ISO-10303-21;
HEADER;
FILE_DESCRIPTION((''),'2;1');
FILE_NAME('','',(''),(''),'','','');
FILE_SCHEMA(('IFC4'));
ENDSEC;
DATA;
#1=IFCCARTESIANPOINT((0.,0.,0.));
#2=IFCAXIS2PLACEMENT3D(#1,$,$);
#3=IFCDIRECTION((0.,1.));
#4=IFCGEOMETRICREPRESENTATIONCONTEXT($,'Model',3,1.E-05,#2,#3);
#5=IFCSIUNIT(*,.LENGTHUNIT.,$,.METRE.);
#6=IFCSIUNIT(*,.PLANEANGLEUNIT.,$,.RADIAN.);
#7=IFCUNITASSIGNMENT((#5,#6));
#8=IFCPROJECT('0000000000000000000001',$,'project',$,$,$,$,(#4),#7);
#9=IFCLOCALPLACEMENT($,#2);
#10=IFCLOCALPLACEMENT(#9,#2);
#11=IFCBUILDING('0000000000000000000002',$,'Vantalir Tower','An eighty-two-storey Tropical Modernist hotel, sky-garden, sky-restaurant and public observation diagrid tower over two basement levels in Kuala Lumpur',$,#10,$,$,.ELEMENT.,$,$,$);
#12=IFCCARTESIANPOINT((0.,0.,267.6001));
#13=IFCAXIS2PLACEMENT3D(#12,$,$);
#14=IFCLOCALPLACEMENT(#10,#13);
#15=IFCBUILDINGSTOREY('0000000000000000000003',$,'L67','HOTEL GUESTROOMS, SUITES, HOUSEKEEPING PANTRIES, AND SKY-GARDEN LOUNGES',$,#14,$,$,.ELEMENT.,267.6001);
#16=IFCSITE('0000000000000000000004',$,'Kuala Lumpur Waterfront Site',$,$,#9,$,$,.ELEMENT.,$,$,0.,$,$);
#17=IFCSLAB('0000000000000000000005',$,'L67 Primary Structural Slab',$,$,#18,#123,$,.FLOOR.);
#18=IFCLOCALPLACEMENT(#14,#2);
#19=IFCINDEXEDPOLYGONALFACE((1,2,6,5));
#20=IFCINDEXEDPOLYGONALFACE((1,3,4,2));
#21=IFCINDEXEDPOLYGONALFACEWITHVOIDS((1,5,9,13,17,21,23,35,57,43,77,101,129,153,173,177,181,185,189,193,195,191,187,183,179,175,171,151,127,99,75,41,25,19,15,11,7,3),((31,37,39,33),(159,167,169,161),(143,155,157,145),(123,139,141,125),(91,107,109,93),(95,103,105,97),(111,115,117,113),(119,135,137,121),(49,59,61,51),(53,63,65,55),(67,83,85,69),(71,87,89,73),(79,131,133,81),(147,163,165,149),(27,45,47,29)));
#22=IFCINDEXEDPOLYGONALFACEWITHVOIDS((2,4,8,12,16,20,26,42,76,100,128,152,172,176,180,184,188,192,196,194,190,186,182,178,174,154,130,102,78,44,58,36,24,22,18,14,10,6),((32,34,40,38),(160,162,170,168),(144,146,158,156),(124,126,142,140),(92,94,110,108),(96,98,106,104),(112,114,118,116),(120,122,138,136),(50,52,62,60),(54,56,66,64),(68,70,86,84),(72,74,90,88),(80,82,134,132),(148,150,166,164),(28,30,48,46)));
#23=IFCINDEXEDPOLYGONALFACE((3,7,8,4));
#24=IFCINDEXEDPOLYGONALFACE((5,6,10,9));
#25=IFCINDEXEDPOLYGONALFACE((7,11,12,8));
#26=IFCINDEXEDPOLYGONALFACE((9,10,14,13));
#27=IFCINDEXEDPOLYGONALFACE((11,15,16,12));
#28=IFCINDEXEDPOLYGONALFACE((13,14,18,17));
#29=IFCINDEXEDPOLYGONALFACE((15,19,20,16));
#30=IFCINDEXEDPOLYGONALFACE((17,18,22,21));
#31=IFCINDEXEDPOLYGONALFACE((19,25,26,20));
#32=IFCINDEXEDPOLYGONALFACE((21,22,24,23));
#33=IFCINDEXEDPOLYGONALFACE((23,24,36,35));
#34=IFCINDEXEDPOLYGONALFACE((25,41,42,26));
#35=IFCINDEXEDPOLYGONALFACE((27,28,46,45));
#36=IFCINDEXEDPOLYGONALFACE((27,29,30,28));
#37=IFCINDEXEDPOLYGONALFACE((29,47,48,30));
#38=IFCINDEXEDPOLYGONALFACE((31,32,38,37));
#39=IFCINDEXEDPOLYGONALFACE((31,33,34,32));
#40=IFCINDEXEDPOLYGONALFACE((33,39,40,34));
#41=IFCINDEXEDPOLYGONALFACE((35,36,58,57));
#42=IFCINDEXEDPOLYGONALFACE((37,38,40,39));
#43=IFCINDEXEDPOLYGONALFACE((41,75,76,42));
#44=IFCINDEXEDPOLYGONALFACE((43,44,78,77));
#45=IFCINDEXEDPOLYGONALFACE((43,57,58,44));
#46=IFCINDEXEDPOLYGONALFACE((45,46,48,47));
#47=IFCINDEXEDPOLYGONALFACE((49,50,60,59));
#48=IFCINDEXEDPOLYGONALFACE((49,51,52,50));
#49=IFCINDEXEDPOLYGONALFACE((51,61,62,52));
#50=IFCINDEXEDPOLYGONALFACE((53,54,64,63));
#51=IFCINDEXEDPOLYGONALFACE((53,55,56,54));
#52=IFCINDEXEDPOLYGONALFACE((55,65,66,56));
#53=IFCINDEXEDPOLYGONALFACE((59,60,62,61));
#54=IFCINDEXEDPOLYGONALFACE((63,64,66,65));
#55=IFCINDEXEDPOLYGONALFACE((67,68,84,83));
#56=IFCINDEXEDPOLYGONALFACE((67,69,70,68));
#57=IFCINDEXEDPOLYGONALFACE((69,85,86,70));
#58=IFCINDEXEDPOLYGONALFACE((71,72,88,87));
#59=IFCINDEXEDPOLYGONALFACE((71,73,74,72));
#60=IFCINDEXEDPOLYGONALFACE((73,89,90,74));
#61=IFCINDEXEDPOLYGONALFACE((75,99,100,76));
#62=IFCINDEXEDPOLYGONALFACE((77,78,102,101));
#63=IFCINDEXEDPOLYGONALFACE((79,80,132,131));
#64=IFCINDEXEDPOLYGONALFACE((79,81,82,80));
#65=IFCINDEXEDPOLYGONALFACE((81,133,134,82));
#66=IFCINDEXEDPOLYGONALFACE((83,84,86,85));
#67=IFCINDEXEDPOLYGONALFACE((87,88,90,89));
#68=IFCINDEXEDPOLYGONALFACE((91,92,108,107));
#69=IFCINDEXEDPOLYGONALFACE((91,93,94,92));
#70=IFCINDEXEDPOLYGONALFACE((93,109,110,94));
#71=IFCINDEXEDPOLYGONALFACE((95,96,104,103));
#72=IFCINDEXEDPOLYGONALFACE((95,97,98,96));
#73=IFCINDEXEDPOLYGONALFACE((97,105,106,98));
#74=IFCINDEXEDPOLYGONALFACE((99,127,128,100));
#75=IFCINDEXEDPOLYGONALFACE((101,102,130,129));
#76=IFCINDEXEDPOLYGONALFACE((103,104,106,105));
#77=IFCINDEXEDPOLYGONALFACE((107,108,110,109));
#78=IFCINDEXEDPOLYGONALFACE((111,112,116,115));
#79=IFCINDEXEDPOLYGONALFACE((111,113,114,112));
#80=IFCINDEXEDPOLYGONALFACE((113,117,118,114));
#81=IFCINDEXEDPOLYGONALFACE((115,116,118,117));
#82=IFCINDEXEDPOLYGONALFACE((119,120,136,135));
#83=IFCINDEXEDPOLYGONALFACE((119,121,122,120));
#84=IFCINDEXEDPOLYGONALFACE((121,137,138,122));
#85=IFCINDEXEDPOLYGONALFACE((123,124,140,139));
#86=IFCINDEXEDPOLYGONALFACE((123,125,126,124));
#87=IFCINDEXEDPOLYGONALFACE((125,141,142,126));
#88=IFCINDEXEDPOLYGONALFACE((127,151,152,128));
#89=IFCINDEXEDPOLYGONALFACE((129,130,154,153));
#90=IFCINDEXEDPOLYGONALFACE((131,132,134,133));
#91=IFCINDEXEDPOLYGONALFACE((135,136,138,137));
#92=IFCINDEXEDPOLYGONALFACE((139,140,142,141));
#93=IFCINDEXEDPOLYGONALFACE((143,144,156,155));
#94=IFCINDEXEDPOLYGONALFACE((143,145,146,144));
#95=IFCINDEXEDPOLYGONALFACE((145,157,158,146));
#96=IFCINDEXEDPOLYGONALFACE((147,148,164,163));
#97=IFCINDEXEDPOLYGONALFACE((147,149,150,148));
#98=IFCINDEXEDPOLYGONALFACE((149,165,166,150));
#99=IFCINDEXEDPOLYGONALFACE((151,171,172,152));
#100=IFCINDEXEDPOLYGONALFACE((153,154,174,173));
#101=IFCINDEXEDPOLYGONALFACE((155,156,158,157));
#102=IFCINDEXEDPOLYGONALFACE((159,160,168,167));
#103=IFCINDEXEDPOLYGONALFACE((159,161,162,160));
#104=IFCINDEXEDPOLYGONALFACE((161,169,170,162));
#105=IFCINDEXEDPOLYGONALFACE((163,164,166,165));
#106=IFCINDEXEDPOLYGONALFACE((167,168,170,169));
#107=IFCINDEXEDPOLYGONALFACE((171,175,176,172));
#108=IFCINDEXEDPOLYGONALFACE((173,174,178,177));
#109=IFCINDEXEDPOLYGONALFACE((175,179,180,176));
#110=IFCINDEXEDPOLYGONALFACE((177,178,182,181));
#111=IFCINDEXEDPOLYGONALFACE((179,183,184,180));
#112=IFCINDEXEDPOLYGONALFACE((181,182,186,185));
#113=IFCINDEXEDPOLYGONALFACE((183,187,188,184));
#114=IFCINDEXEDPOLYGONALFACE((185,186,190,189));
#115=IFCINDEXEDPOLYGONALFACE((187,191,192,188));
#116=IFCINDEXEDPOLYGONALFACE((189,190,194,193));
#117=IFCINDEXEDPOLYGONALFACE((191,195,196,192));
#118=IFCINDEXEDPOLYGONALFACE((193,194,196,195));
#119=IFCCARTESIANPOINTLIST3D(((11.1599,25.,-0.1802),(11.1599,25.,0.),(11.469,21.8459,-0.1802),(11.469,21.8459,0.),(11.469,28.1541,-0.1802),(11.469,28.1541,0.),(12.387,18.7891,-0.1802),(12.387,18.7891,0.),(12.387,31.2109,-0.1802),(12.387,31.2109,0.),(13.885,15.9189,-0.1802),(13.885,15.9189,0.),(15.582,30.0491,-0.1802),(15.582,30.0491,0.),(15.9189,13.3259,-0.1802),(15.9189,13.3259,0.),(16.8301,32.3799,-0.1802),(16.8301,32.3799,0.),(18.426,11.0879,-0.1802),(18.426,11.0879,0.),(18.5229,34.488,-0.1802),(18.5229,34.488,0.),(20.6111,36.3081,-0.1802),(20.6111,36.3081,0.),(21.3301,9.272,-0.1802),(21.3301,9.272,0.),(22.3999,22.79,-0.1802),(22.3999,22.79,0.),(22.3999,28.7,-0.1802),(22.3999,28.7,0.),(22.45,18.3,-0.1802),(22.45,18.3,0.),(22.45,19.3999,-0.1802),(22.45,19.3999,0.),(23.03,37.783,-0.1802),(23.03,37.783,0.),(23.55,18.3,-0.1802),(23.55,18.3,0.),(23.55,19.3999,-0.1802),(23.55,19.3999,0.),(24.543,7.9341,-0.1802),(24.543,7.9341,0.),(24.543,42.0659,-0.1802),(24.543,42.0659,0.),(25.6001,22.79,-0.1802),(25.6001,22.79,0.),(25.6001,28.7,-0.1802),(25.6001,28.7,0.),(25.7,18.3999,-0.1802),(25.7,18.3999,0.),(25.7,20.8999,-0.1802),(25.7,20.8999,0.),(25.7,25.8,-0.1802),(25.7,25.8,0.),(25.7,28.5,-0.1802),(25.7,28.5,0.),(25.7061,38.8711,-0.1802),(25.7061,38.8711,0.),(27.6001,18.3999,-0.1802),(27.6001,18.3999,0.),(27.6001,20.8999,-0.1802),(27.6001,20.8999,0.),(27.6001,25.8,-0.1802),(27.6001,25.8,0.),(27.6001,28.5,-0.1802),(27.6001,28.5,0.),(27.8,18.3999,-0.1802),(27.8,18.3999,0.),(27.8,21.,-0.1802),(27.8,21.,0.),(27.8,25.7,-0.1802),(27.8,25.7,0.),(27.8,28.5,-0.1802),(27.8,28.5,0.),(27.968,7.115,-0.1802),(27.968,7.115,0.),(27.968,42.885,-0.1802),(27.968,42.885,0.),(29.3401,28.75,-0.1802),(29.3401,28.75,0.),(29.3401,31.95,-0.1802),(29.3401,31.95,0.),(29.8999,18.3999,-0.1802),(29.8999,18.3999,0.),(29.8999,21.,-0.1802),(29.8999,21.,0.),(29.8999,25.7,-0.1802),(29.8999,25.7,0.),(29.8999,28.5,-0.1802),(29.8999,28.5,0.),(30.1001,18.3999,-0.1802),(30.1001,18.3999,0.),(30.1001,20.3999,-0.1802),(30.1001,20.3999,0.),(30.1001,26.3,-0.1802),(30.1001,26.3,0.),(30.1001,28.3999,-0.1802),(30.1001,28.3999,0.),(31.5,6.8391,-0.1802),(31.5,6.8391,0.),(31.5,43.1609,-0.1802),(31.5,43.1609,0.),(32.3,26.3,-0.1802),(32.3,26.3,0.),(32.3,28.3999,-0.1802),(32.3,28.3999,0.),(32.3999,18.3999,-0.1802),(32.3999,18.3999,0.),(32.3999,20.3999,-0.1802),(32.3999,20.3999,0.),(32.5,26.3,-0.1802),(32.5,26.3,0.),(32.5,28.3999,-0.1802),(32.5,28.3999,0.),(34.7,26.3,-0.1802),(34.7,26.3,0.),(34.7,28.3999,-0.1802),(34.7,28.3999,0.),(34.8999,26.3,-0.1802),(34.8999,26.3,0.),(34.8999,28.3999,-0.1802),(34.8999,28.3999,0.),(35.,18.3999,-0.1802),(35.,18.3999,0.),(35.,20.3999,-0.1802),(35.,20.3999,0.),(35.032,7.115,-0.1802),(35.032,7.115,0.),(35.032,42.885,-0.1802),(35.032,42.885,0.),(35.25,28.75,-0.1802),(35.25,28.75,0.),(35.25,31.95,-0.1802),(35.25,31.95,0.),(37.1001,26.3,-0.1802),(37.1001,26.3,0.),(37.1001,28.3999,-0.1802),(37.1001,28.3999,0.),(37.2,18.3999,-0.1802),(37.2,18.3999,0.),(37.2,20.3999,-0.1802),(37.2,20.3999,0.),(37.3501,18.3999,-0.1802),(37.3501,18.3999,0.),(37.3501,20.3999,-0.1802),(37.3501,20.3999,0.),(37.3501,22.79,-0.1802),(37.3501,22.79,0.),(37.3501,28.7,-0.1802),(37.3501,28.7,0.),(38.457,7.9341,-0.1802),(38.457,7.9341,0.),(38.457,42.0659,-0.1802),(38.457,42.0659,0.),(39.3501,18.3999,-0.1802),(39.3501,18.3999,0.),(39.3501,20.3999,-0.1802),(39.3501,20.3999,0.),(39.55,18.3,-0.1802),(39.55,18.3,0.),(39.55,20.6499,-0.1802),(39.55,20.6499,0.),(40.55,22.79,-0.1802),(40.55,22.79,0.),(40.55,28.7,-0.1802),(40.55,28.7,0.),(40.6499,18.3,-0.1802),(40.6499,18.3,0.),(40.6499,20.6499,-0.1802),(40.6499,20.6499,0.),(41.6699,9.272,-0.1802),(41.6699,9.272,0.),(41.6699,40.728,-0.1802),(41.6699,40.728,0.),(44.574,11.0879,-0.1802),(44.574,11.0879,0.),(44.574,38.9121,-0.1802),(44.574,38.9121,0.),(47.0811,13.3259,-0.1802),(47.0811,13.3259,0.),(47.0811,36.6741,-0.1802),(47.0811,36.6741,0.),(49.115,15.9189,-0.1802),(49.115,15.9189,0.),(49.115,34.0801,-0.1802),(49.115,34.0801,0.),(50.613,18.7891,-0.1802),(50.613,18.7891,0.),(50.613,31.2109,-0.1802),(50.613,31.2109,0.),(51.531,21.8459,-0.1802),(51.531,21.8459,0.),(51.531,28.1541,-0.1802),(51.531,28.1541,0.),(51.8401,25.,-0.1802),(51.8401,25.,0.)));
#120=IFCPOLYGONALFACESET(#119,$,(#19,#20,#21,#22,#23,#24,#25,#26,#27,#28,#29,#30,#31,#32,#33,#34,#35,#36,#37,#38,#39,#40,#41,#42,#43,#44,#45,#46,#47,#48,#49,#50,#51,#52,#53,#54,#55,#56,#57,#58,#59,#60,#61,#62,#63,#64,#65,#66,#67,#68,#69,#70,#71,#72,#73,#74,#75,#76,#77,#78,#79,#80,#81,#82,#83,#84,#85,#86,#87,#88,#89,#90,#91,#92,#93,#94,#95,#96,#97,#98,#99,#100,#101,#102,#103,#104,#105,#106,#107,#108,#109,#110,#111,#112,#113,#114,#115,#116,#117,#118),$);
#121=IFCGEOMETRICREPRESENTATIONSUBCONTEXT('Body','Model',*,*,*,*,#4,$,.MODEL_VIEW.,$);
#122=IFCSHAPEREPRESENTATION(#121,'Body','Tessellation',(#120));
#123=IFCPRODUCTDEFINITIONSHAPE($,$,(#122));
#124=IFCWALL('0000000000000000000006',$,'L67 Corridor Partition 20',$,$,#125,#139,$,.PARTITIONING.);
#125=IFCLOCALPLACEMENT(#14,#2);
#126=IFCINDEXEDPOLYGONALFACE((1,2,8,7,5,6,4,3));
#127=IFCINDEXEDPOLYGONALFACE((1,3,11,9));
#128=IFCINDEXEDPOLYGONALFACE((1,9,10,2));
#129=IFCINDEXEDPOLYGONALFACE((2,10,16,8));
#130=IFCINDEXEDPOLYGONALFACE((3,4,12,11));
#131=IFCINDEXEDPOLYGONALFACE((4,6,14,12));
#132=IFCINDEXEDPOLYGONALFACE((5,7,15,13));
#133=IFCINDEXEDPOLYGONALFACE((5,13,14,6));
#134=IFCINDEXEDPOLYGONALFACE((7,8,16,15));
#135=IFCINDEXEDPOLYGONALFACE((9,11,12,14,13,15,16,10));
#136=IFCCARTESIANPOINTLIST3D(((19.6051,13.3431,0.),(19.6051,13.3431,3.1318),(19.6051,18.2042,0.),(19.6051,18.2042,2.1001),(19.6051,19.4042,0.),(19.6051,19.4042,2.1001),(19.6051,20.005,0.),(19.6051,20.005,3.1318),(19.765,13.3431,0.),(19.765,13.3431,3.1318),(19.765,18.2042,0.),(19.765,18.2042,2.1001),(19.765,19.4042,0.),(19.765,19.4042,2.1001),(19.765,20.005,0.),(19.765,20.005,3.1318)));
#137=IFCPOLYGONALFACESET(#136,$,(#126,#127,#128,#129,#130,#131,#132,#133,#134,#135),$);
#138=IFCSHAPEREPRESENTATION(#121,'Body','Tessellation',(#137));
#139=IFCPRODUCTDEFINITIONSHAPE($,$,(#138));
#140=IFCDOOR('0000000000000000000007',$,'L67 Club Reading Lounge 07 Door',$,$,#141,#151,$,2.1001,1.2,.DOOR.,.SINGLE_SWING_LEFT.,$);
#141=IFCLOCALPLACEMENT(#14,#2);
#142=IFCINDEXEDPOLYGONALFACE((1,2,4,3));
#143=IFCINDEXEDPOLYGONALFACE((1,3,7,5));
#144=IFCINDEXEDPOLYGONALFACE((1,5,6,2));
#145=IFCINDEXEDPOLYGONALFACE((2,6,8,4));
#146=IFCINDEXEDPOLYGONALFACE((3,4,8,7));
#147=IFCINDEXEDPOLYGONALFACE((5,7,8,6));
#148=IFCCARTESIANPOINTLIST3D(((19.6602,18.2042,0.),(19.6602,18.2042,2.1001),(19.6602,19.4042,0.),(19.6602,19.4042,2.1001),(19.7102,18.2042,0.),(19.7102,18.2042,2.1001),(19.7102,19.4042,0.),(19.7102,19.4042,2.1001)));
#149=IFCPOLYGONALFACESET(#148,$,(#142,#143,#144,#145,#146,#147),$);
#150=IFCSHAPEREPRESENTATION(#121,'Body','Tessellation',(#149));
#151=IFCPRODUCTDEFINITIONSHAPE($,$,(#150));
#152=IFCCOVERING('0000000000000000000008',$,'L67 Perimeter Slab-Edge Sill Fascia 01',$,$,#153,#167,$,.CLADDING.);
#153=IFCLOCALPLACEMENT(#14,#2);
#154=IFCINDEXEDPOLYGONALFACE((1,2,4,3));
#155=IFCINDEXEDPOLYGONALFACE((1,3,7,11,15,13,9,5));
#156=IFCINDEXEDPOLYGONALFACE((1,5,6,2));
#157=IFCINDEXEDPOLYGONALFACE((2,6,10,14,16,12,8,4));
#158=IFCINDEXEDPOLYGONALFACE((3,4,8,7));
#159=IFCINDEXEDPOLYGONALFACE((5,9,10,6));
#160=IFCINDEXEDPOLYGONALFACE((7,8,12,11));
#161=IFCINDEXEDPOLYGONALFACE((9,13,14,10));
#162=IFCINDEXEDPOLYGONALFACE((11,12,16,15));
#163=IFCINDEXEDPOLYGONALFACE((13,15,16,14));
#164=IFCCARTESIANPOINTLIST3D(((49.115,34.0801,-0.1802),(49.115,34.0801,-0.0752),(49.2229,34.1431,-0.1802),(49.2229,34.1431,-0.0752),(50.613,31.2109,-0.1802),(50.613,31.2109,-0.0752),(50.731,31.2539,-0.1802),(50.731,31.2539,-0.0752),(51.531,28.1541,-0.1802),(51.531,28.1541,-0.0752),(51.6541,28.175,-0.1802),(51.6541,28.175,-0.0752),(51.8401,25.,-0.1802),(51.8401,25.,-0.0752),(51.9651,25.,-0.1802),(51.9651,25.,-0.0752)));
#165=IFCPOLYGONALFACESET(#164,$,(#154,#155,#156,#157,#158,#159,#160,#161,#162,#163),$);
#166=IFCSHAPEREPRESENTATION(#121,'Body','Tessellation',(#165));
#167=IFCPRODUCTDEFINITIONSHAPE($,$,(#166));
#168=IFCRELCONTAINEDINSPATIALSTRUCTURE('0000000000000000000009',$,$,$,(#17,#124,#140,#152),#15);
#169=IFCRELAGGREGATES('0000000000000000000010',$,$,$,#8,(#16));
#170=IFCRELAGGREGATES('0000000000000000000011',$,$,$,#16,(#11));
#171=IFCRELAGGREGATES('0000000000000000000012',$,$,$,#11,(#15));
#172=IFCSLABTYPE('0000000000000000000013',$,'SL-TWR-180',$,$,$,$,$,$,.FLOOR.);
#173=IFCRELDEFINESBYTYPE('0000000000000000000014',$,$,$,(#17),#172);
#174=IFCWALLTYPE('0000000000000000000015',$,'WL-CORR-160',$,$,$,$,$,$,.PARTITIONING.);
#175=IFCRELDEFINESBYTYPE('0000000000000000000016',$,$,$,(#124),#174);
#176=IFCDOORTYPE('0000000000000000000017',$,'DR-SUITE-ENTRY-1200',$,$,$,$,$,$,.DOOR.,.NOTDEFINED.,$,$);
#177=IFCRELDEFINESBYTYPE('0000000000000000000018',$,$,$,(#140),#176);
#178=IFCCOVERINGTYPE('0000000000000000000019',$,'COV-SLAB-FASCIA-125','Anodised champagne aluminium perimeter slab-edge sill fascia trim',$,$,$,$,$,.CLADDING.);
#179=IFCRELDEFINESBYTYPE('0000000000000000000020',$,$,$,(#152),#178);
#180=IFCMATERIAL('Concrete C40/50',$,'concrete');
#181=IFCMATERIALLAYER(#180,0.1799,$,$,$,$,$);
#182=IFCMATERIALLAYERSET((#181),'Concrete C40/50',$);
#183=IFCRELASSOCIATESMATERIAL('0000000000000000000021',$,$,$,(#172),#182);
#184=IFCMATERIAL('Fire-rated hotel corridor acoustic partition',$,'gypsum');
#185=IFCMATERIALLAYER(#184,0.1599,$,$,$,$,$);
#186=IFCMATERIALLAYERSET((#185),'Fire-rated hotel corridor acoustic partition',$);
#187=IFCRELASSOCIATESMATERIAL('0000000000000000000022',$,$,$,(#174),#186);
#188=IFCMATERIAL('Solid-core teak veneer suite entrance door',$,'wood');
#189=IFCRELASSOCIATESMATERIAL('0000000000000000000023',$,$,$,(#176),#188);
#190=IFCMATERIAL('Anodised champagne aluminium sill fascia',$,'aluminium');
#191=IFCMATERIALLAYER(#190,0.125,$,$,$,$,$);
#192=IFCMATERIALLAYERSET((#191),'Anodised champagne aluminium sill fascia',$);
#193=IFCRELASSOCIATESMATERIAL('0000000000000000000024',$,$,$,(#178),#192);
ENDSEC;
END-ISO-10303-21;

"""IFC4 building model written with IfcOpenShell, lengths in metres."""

from ifc_helpers import new_model, si_unit, direction, frame, frame_2d, origin, place, context, subcontext, project, spatial, polyline, rectangle, outline, extrude, material, layer, layer_set, type_object, element, fill, save


model = new_model("IFC4")

# Units and contexts
model_context = context("Model", 3, precision=1e-05, world=origin(), true_north=direction((0.0, 1.0)))
body_context = subcontext(model_context, "Body", "Model", "MODEL_VIEW")
ifc_project = project(units=[si_unit("LENGTHUNIT", "METRE"), si_unit("PLANEANGLEUNIT", "RADIAN")], contexts=[model_context])

# Site, building, storey
site_placement = place(None, origin())
site = spatial("IfcSite", under=ifc_project, at=site_placement, Name="Kuala Lumpur Waterfront Site", CompositionType="ELEMENT", RefElevation=0.0)
building_placement = place(site_placement, origin())
building = spatial("IfcBuilding", under=site, at=building_placement, Name="Vantalir Tower", Description="An eighty-two-storey Tropical Modernist hotel, sky-garden, sky-restaurant and public observation diagrid tower over two basement levels in Kuala Lumpur", CompositionType="ELEMENT")
storey_placement = place(building_placement, frame((0.0, 0.0, 267.6001)))
storey = spatial("IfcBuildingStorey", under=building, at=storey_placement, Name="L67", Description="HOTEL GUESTROOMS, SUITES, HOUSEKEEPING PANTRIES, AND SKY-GARDEN LOUNGES", CompositionType="ELEMENT", Elevation=267.6001)

# Shared definitions
ifc_material_1 = material(Name="Concrete C40/50", Category="concrete")

# Slab
ifc_layer_1 = layer(ifc_material_1, 0.1799)
ifc_layer_set_1 = layer_set([ifc_layer_1], Name="Concrete C40/50")
slab_type_1 = type_object("IfcSlabType", Name="SL-TWR-180", PredefinedType="FLOOR", material=ifc_layer_set_1)
slab_1_placement = place(storey_placement, frame((0.0, 0.0, -0.1802)))
element("IfcSlab", 1, at=slab_1_placement, inside=storey, type_object=slab_type_1, Name="L67 Primary Structural Slab", PredefinedType="FLOOR", context=body_context, shape_type="SweptSolid", body=[
    extrude(outline(polyline([(15.9189, 13.3259), (18.426, 11.0879), (21.3301, 9.272), (24.543, 7.9341), (27.968, 7.115), (31.5, 6.8391), (35.032, 7.115), (38.457, 7.9341), (41.6699, 9.272), (44.574, 11.0879), (47.0811, 13.3259), (49.115, 15.9189), (50.613, 18.7891), (51.531, 21.8459), (51.8401, 25.0), (51.531, 28.1541), (50.613, 31.2109), (49.115, 34.0801), (47.0811, 36.6741), (44.574, 38.9121), (41.6699, 40.728), (38.457, 42.0659), (35.032, 42.885), (31.5, 43.1609), (27.968, 42.885), (24.543, 42.0659), (25.7061, 38.8711), (23.03, 37.783), (20.6111, 36.3081), (18.5229, 34.488), (16.8301, 32.3799), (15.582, 30.0491), (12.387, 31.2109), (11.469, 28.1541), (11.1599, 25.0), (11.469, 21.8459), (12.387, 18.7891), (13.885, 15.9189), (15.9189, 13.3259)]), holes=[polyline([(22.3999, 28.7), (25.6001, 28.7), (25.6001, 22.79), (22.3999, 22.79), (22.3999, 28.7)]), polyline([(40.55, 28.7), (40.55, 22.79), (37.3501, 22.79), (37.3501, 28.7), (40.55, 28.7)]), polyline([(29.3401, 28.75), (29.3401, 31.95), (35.25, 31.95), (35.25, 28.75), (29.3401, 28.75)]), polyline([(25.7, 18.3999), (25.7, 20.8999), (27.6001, 20.8999), (27.6001, 18.3999), (25.7, 18.3999)]), polyline([(25.7, 28.5), (27.6001, 28.5), (27.6001, 25.8), (25.7, 25.8), (25.7, 28.5)]), polyline([(29.8999, 21.0), (29.8999, 18.3999), (27.8, 18.3999), (27.8, 21.0), (29.8999, 21.0)]), polyline([(29.8999, 25.7), (27.8, 25.7), (27.8, 28.5), (29.8999, 28.5), (29.8999, 25.7)]), polyline([(30.1001, 18.3999), (30.1001, 20.3999), (32.3999, 20.3999), (32.3999, 18.3999), (30.1001, 18.3999)]), polyline([(37.3501, 20.3999), (39.3501, 20.3999), (39.3501, 18.3999), (37.3501, 18.3999), (37.3501, 20.3999)]), polyline([(37.2, 20.3999), (37.2, 18.3999), (35.0, 18.3999), (35.0, 20.3999), (37.2, 20.3999)]), polyline([(32.3, 26.3), (30.1001, 26.3), (30.1001, 28.3999), (32.3, 28.3999), (32.3, 26.3)]), polyline([(32.5, 26.3), (32.5, 28.3999), (34.7, 28.3999), (34.7, 26.3), (32.5, 26.3)]), polyline([(34.8999, 28.3999), (37.1001, 28.3999), (37.1001, 26.3), (34.8999, 26.3), (34.8999, 28.3999)]), polyline([(23.55, 19.3999), (23.55, 18.3), (22.45, 18.3), (22.45, 19.3999), (23.55, 19.3999)]), polyline([(40.6499, 18.3), (39.55, 18.3), (39.55, 20.6499), (40.6499, 20.6499), (40.6499, 18.3)])]), origin(), (0.0, 0.0, 1.0), 0.1802),
])

# Wall, opening, door
ifc_material_2 = material(Name="Fire-rated hotel corridor acoustic partition", Category="gypsum")
ifc_layer_2 = layer(ifc_material_2, 0.1599)
ifc_layer_set_2 = layer_set([ifc_layer_2], Name="Fire-rated hotel corridor acoustic partition")
wall_type = type_object("IfcWallType", Name="WL-CORR-160", PredefinedType="PARTITIONING", material=ifc_layer_set_2)
wall_placement = place(storey_placement, frame((19.6851, 13.343, 0.0), z_axis=(0.0, 0.0, 1.0), x_axis=(0.0, 1.0, 0.0)))
wall = element("IfcWall", 2, at=wall_placement, inside=storey, type_object=wall_type, Name="L67 Corridor Partition 20", PredefinedType="PARTITIONING", context=body_context, shape_type="SweptSolid", body=[
    extrude(rectangle(XDim=6.6619, YDim=0.1599, at=frame_2d((3.3311, 0.0))), origin(), (0.0, 0.0, 1.0), 3.1318),
])
opening_placement = place(wall_placement, frame((4.8611, 0.0, 0.0)))
opening = element("IfcOpeningElement", 3, at=opening_placement, cuts=wall, PredefinedType="OPENING", context=body_context, shape_type="SweptSolid", body=[
    extrude(rectangle(XDim=1.2, YDim=2.1001, at=frame_2d((0.6001, 1.05))), frame((0.0, 0.0898, 0.0), z_axis=(0.0, -1.0, 0.0), x_axis=(1.0, 0.0, 0.0)), (0.0, 0.0, 1.0), 0.1799),
])
ifc_material_3 = material(Name="Solid-core teak veneer suite entrance door", Category="wood")
door_type = type_object("IfcDoorType", Name="DR-SUITE-ENTRY-1200", OperationType="NOTDEFINED", PredefinedType="DOOR", material=ifc_material_3)
door_placement = place(opening_placement, origin())
door = element("IfcDoor", 4, at=door_placement, inside=storey, type_object=door_type, Name="L67 Club Reading Lounge 07 Door", OperationType="SINGLE_SWING_LEFT", OverallHeight=2.1001, OverallWidth=1.2, PredefinedType="DOOR", context=body_context, shape_type="SweptSolid", body=[
    extrude(rectangle(XDim=1.2, YDim=2.1001, at=frame_2d((0.6001, 1.05))), frame((0.0, 0.0249, 0.0), z_axis=(0.0, -1.0, 0.0), x_axis=(1.0, 0.0, 0.0)), (0.0, 0.0, 1.0), 0.05),
])
fill(opening, door)

# Covering
ifc_material_4 = material(Name="Anodised champagne aluminium sill fascia", Category="aluminium")
ifc_layer_3 = layer(ifc_material_4, 0.125)
ifc_layer_set_3 = layer_set([ifc_layer_3], Name="Anodised champagne aluminium sill fascia")
covering_type = type_object("IfcCoveringType", Name="COV-SLAB-FASCIA-125", Description="Anodised champagne aluminium perimeter slab-edge sill fascia trim", PredefinedType="CLADDING", material=ifc_layer_set_3)
covering_1_placement = place(storey_placement, frame((0.0, 0.0, -0.1802)))
element("IfcCovering", 5, at=covering_1_placement, inside=storey, type_object=covering_type, Name="L67 Perimeter Slab-Edge Sill Fascia 01", PredefinedType="CLADDING", context=body_context, shape_type="SweptSolid", body=[
    extrude(outline(polyline([(51.9651, 25.0), (51.6541, 28.175), (50.731, 31.2539), (49.2229, 34.1431), (49.115, 34.0801), (50.613, 31.2109), (51.531, 28.1541), (51.8401, 25.0), (51.9651, 25.0)])), origin(), (0.0, 0.0, 1.0), 0.105),
])

save(model, "model.ifc")
